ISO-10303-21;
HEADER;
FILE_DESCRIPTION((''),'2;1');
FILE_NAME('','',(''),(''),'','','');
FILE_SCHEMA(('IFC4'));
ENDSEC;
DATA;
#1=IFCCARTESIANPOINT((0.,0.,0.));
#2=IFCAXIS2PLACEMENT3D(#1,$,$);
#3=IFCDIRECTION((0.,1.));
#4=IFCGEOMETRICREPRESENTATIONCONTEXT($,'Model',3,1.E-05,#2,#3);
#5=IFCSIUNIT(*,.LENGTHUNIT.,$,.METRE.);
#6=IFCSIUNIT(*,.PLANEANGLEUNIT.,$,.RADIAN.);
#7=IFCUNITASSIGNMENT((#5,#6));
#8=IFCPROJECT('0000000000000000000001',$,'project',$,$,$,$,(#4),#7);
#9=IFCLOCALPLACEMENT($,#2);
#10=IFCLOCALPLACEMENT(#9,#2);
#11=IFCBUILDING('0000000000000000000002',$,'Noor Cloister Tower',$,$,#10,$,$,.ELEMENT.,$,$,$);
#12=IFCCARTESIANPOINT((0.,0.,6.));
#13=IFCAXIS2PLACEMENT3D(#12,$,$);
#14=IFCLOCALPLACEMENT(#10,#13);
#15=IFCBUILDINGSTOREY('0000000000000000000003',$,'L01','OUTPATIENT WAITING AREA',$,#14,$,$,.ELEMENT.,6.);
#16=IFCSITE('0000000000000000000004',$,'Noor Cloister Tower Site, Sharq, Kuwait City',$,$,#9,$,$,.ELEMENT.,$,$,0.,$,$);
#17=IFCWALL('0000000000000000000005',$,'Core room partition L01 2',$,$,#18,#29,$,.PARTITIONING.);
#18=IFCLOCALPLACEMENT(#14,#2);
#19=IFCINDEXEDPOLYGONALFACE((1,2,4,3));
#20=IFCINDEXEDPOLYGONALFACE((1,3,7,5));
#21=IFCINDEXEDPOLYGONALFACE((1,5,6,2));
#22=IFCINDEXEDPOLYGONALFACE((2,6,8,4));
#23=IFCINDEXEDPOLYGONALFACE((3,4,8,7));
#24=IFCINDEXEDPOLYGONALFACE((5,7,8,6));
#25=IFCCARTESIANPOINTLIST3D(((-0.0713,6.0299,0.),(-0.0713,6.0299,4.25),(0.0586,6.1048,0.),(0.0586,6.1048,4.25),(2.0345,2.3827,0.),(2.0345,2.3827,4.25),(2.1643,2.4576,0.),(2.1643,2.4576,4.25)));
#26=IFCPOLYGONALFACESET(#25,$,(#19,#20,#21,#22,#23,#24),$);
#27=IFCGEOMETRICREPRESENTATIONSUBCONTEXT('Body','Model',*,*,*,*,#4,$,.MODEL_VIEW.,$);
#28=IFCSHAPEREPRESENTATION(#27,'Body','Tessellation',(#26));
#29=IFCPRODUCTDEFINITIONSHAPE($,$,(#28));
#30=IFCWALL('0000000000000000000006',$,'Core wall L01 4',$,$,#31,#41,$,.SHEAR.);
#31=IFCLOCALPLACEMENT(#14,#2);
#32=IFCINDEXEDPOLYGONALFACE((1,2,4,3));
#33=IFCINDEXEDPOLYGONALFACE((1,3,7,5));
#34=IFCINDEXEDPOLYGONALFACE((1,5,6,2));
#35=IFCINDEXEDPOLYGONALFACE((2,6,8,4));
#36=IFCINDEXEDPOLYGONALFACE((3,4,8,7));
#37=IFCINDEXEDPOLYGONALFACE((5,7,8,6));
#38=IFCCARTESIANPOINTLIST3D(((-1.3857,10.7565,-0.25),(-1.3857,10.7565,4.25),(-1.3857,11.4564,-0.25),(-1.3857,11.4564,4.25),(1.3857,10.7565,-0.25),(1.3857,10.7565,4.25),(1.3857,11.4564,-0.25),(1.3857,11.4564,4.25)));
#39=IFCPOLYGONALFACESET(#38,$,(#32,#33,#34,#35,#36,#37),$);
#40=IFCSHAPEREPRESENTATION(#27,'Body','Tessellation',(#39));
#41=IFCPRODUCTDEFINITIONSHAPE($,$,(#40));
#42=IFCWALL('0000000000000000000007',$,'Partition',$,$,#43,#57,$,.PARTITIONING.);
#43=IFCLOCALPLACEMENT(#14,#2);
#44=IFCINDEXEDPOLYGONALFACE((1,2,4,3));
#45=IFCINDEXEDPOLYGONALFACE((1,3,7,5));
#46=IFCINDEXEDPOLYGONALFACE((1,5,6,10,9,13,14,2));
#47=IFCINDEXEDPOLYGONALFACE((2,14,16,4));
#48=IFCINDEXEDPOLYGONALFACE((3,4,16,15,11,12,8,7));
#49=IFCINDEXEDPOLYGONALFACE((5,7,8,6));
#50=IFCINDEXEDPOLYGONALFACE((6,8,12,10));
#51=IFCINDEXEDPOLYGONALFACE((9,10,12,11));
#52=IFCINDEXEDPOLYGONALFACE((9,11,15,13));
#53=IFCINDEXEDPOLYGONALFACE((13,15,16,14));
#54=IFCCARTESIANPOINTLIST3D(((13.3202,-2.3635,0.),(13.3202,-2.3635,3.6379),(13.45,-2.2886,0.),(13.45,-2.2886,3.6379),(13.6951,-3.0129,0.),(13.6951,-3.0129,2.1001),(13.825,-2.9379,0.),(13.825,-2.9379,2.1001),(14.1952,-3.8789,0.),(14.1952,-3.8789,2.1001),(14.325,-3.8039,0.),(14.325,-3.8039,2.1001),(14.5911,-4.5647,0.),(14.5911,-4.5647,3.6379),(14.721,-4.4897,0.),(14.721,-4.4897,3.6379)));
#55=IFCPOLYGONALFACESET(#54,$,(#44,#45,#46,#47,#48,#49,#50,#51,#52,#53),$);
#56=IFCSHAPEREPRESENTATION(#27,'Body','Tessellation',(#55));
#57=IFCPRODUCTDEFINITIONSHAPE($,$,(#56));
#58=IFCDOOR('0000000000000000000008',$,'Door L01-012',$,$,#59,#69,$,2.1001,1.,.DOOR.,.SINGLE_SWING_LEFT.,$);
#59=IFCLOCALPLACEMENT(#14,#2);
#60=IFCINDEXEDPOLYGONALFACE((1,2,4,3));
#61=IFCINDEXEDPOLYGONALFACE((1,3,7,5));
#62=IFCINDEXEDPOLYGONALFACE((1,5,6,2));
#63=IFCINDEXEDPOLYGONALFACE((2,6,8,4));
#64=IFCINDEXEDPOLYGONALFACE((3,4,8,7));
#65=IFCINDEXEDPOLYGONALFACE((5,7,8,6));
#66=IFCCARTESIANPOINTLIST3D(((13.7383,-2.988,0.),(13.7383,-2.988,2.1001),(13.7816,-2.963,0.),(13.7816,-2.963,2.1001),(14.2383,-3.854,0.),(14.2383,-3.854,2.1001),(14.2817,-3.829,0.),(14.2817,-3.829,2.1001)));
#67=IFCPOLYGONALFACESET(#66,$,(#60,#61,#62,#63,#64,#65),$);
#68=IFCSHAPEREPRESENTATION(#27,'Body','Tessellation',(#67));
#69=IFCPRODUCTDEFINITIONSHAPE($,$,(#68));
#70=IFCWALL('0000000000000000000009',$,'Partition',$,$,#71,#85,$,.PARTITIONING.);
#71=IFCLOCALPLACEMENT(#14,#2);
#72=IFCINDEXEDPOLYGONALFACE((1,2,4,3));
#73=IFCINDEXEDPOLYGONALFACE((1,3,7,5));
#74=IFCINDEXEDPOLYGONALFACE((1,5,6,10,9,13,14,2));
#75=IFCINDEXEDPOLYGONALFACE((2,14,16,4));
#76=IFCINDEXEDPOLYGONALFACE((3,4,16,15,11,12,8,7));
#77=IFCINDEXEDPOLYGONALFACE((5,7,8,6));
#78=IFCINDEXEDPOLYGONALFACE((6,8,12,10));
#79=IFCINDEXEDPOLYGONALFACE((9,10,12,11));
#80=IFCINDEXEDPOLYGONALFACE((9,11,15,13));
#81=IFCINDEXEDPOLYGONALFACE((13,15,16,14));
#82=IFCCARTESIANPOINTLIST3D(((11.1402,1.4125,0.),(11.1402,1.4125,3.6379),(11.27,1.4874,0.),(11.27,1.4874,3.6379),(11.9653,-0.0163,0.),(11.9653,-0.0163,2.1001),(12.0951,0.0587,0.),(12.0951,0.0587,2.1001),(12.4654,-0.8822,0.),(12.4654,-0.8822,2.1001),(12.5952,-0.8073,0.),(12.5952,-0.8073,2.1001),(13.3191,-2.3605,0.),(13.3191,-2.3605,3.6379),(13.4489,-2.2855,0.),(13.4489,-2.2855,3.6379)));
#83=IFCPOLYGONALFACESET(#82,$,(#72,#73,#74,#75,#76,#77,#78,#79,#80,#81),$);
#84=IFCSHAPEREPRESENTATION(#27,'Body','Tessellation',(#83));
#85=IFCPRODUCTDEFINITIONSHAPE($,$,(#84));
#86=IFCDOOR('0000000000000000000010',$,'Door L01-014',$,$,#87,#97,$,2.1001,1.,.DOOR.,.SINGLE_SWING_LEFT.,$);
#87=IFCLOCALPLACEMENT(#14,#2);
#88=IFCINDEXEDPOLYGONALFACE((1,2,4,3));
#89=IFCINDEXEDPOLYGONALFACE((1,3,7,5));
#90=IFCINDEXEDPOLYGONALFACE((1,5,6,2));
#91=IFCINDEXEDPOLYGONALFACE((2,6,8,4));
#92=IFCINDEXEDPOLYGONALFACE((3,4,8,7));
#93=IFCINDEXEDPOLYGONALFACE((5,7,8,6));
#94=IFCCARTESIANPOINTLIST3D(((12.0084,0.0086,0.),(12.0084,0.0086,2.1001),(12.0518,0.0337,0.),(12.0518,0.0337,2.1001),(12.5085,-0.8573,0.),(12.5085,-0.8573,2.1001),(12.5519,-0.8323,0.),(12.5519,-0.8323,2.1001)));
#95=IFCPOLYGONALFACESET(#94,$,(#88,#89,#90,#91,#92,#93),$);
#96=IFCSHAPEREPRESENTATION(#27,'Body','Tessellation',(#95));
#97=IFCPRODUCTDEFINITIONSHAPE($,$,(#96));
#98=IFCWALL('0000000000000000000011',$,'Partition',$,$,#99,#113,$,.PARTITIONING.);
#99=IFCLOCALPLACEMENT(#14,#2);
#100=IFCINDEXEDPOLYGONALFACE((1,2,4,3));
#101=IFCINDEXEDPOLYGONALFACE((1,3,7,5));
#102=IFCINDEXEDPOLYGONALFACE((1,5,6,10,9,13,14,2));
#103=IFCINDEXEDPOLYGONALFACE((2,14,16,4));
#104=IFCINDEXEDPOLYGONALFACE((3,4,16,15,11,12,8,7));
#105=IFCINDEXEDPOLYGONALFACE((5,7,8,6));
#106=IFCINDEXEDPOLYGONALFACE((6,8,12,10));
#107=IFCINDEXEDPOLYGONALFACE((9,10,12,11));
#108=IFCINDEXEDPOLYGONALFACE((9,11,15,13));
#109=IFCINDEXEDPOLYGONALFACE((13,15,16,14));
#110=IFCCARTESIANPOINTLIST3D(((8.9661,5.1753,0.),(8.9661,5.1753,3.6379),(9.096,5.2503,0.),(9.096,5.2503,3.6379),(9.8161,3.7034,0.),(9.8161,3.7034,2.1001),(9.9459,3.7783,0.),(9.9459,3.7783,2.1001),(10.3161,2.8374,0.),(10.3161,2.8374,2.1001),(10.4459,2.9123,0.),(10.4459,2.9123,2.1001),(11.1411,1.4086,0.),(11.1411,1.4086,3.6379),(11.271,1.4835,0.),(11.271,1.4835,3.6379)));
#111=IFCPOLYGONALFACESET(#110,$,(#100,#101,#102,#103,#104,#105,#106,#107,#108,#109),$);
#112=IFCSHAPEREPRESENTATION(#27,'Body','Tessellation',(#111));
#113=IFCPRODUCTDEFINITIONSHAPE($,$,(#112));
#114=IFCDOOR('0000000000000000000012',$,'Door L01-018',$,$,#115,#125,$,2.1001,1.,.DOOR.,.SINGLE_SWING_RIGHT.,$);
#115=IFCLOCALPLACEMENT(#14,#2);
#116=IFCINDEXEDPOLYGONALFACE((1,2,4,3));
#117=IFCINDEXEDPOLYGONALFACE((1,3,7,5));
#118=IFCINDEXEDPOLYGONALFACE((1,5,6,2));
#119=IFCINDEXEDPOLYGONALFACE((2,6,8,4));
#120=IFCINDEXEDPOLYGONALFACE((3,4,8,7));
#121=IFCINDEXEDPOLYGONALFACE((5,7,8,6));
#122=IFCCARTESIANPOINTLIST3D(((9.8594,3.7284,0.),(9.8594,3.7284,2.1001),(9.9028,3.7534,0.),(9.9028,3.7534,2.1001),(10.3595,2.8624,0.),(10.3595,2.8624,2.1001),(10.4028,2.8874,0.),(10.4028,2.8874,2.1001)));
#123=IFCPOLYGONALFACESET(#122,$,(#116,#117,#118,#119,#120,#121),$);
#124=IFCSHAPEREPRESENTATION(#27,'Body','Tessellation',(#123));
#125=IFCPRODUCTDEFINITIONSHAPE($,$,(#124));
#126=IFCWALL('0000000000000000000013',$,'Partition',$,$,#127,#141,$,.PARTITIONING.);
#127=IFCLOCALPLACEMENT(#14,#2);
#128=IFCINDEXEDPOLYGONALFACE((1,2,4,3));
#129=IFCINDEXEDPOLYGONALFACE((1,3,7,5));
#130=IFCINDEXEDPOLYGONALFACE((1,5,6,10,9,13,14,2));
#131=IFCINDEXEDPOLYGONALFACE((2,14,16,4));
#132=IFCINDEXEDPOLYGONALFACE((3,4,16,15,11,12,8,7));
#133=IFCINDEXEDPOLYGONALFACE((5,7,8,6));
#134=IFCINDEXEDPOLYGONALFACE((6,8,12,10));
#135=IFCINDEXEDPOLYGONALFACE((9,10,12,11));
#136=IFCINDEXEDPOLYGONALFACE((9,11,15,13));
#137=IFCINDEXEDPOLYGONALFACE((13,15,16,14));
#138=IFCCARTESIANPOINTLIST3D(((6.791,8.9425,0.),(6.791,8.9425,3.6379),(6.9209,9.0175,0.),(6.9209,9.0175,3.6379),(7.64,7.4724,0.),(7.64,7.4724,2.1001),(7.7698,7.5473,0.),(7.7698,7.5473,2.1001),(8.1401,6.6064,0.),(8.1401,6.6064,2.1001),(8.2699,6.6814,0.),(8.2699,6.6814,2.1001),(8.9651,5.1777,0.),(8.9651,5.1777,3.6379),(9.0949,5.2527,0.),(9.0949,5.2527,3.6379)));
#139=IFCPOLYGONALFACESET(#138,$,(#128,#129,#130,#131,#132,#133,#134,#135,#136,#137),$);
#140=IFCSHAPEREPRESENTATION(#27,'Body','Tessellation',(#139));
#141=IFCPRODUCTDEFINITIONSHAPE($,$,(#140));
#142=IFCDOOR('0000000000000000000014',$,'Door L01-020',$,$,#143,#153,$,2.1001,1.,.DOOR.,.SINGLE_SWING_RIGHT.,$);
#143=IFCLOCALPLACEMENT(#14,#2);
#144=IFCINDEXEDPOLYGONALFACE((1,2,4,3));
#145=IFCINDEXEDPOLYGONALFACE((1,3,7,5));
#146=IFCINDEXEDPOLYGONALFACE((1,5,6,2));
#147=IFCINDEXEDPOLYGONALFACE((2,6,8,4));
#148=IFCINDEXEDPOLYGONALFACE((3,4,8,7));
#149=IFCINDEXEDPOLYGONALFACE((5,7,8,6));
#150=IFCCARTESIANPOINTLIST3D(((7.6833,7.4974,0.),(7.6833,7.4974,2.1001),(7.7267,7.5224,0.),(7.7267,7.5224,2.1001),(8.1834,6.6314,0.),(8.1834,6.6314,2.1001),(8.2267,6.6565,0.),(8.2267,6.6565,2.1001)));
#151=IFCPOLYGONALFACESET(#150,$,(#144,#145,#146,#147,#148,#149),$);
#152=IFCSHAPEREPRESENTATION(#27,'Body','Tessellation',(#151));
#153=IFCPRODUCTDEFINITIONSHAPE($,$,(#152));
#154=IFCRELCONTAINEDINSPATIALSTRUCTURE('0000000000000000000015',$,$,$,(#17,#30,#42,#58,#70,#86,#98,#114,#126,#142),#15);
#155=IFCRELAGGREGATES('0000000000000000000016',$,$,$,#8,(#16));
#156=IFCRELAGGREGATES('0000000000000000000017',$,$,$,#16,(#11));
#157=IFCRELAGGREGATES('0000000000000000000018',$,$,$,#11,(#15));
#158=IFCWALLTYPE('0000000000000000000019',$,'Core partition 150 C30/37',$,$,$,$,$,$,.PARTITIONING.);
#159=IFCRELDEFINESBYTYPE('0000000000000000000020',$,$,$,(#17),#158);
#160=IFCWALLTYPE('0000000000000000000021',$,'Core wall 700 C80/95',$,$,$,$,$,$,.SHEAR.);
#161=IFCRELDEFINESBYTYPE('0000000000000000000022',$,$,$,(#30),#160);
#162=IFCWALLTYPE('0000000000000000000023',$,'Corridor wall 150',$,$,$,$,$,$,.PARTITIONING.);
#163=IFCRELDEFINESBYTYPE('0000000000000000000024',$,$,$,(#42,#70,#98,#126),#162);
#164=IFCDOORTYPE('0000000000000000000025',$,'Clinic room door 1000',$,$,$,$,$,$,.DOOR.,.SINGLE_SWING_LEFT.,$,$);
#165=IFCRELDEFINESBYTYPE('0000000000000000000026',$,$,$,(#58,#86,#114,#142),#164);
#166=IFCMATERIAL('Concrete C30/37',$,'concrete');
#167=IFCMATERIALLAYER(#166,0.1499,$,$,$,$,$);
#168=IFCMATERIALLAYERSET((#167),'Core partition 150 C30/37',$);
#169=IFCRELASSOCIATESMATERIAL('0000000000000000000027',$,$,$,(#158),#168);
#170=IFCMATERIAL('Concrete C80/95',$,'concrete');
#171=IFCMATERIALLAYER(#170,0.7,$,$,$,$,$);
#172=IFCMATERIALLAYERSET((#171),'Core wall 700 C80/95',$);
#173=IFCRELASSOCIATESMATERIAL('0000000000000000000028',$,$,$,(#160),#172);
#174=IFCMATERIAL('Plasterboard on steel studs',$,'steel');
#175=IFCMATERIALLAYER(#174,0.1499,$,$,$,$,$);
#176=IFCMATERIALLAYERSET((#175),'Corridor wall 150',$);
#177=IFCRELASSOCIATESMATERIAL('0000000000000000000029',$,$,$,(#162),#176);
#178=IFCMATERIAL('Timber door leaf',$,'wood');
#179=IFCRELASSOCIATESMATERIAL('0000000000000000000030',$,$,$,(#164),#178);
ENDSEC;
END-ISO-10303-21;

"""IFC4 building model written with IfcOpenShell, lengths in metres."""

from ifc_helpers import new_model, si_unit, direction, frame, frame_2d, origin, place, context, subcontext, project, spatial, rectangle, extrude, material, layer, layer_set, type_object, element, fill, save


model = new_model("IFC4")

# Units and contexts
model_context = context("Model", 3, precision=1e-05, world=origin(), true_north=direction((0.0, 1.0)))
body_context = subcontext(model_context, "Body", "Model", "MODEL_VIEW")
ifc_project = project(units=[si_unit("LENGTHUNIT", "METRE"), si_unit("PLANEANGLEUNIT", "RADIAN")], contexts=[model_context])

# Site, building, storey
site_placement = place(None, origin())
site = spatial("IfcSite", under=ifc_project, at=site_placement, Name="Noor Cloister Tower Site, Sharq, Kuwait City", CompositionType="ELEMENT", RefElevation=0.0)
building_placement = place(site_placement, origin())
building = spatial("IfcBuilding", under=site, at=building_placement, Name="Noor Cloister Tower", CompositionType="ELEMENT")
storey_placement = place(building_placement, frame((0.0, 0.0, 6.0)))
storey = spatial("IfcBuildingStorey", under=building, at=storey_placement, Name="L01", Description="OUTPATIENT WAITING AREA", CompositionType="ELEMENT", Elevation=6.0)

# Walls
ifc_material_1 = material(Name="Concrete C30/37", Category="concrete")
ifc_layer_1 = layer(ifc_material_1, 0.1499)
ifc_layer_set_1 = layer_set([ifc_layer_1], Name="Core partition 150 C30/37")
wall_type_1 = type_object("IfcWallType", Name="Core partition 150 C30/37", PredefinedType="PARTITIONING", material=ifc_layer_set_1)
wall_1_placement = place(storey_placement, frame((2.0994, 2.4202, 0.0), z_axis=(0.0, 0.0, 1.0), x_axis=(-0.499998, 0.866026, 0.0)))
element("IfcWall", 1, at=wall_1_placement, inside=storey, type_object=wall_type_1, Name="Core room partition L01 2", PredefinedType="PARTITIONING", context=body_context, shape_type="SweptSolid", body=[
    extrude(rectangle(XDim=4.2114, YDim=0.1499, at=frame_2d((2.1057, 0.0))), origin(), (0.0, 0.0, 1.0), 4.25),
])
ifc_material_2 = material(Name="Concrete C80/95", Category="concrete")
ifc_layer_2 = layer(ifc_material_2, 0.7)
ifc_layer_set_2 = layer_set([ifc_layer_2], Name="Core wall 700 C80/95")
wall_type_2 = type_object("IfcWallType", Name="Core wall 700 C80/95", PredefinedType="SHEAR", material=ifc_layer_set_2)
wall_2_placement = place(storey_placement, frame((1.3857, 11.1064, -0.25), z_axis=(0.0, 0.0, 1.0), x_axis=(-1.0, 0.0, 0.0)))
element("IfcWall", 2, at=wall_2_placement, inside=storey, type_object=wall_type_2, Name="Core wall L01 4", PredefinedType="SHEAR", context=body_context, shape_type="SweptSolid", body=[
    extrude(rectangle(XDim=2.7715, YDim=0.7, at=frame_2d((1.3857, 0.0))), origin(), (0.0, 0.0, 1.0), 4.5),
])

# Walls, openings, doors
ifc_material_3 = material(Name="Plasterboard on steel studs", Category="steel")
ifc_layer_3 = layer(ifc_material_3, 0.1499)
ifc_layer_set_3 = layer_set([ifc_layer_3], Name="Corridor wall 150")
wall_type_3 = type_object("IfcWallType", Name="Corridor wall 150", PredefinedType="PARTITIONING", material=ifc_layer_set_3)
wall_3_placement = place(storey_placement, frame((13.385, -2.3259, 0.0), z_axis=(0.0, 0.0, 1.0), x_axis=(0.500044, -0.866, 0.0)))
wall_3 = element("IfcWall", 3, at=wall_3_placement, inside=storey, type_object=wall_type_3, Name="Partition", PredefinedType="PARTITIONING", context=body_context, shape_type="SweptSolid", body=[
    extrude(rectangle(XDim=2.5417, YDim=0.1499, at=frame_2d((1.271, 0.0))), origin(), (0.0, 0.0, 1.0), 3.6379),
])
opening_1_placement = place(wall_3_placement, frame((0.75, 0.0, 0.0)))
opening_1 = element("IfcOpeningElement", 4, at=opening_1_placement, cuts=wall_3, PredefinedType="OPENING", context=body_context, shape_type="SweptSolid", body=[
    extrude(rectangle(XDim=1.0, YDim=2.1001, at=frame_2d((0.5, 1.05))), frame((0.0, 0.085, 0.0), z_axis=(0.0, -1.0, 0.0), x_axis=(1.0, 0.0, 0.0)), (0.0, 0.0, 1.0), 0.1699),
])
ifc_material_4 = material(Name="Timber door leaf", Category="wood")
door_type_1 = type_object("IfcDoorType", Name="Clinic room door 1000", OperationType="SINGLE_SWING_LEFT", PredefinedType="DOOR", material=ifc_material_4)
door_1_placement = place(opening_1_placement, origin())
door_1 = element("IfcDoor", 5, at=door_1_placement, inside=storey, type_object=door_type_1, Name="Door L01-012", OperationType="SINGLE_SWING_LEFT", OverallHeight=2.1001, OverallWidth=1.0, PredefinedType="DOOR", context=body_context, shape_type="SweptSolid", body=[
    extrude(rectangle(XDim=1.0, YDim=2.1001, at=frame_2d((0.5, 1.05))), frame((0.0, 0.0249, 0.0), z_axis=(0.0, -1.0, 0.0), x_axis=(1.0, 0.0, 0.0)), (0.0, 0.0, 1.0), 0.05),
])
fill(opening_1, door_1)
wall_4_placement = place(storey_placement, frame((11.2051, 1.45, 0.0), z_axis=(0.0, 0.0, 1.0), x_axis=(0.50011, -0.865962, 0.0)))
wall_4 = element("IfcWall", 6, at=wall_4_placement, inside=storey, type_object=wall_type_3, Name="Partition", PredefinedType="PARTITIONING", context=body_context, shape_type="SweptSolid", body=[
    extrude(rectangle(XDim=4.3569, YDim=0.1499, at=frame_2d((2.1785, 0.0))), origin(), (0.0, 0.0, 1.0), 3.6379),
])
opening_2_placement = place(wall_4_placement, frame((1.6499, 0.0, 0.0)))
opening_2 = element("IfcOpeningElement", 7, at=opening_2_placement, cuts=wall_4, PredefinedType="OPENING", context=body_context, shape_type="SweptSolid", body=[
    extrude(rectangle(XDim=1.0, YDim=2.1001, at=frame_2d((0.5, 1.05))), frame((0.0, 0.085, 0.0), z_axis=(0.0, -1.0, 0.0), x_axis=(1.0, 0.0, 0.0)), (0.0, 0.0, 1.0), 0.1699),
])
door_2_placement = place(opening_2_placement, origin())
door_2 = element("IfcDoor", 8, at=door_2_placement, inside=storey, type_object=door_type_1, Name="Door L01-014", OperationType="SINGLE_SWING_LEFT", OverallHeight=2.1001, OverallWidth=1.0, PredefinedType="DOOR", context=body_context, shape_type="SweptSolid", body=[
    extrude(rectangle(XDim=1.0, YDim=2.1001, at=frame_2d((0.5, 1.05))), frame((0.0, 0.0249, 0.0), z_axis=(0.0, -1.0, 0.0), x_axis=(1.0, 0.0, 0.0)), (0.0, 0.0, 1.0), 0.05),
])
fill(opening_2, door_2)
wall_5_placement = place(storey_placement, frame((11.2061, 1.446, 0.0), z_axis=(0.0, 0.0, 1.0), x_axis=(-0.500045, 0.866, 0.0)))
wall_5 = element("IfcWall", 9, at=wall_5_placement, inside=storey, type_object=wall_type_3, Name="Partition", PredefinedType="PARTITIONING", context=body_context, shape_type="SweptSolid", body=[
    extrude(rectangle(XDim=4.3496, YDim=0.1499, at=frame_2d((2.1748, 0.0))), origin(), (0.0, 0.0, 1.0), 3.6379),
])
opening_3_placement = place(wall_5_placement, frame((1.6499, 0.0, 0.0)))
opening_3 = element("IfcOpeningElement", 10, at=opening_3_placement, cuts=wall_5, PredefinedType="OPENING", context=body_context, shape_type="SweptSolid", body=[
    extrude(rectangle(XDim=1.0, YDim=2.1001, at=frame_2d((0.5, 1.05))), frame((0.0, 0.085, 0.0), z_axis=(0.0, -1.0, 0.0), x_axis=(1.0, 0.0, 0.0)), (0.0, 0.0, 1.0), 0.1699),
])
door_3_placement = place(opening_3_placement, origin())
door_3 = element("IfcDoor", 11, at=door_3_placement, inside=storey, type_object=door_type_1, Name="Door L01-018", OperationType="SINGLE_SWING_RIGHT", OverallHeight=2.1001, OverallWidth=1.0, PredefinedType="DOOR", context=body_context, shape_type="SweptSolid", body=[
    extrude(rectangle(XDim=1.0, YDim=2.1001, at=frame_2d((0.5, 1.05))), frame((0.0, 0.0249, 0.0), z_axis=(0.0, -1.0, 0.0), x_axis=(1.0, 0.0, 0.0)), (0.0, 0.0, 1.0), 0.05),
])
fill(opening_3, door_3)
wall_6_placement = place(storey_placement, frame((9.03, 5.2151, 0.0), z_axis=(0.0, 0.0, 1.0), x_axis=(-0.500071, 0.865985, 0.0)))
wall_6 = element("IfcWall", 12, at=wall_6_placement, inside=storey, type_object=wall_type_3, Name="Partition", PredefinedType="PARTITIONING", context=body_context, shape_type="SweptSolid", body=[
    extrude(rectangle(XDim=4.3474, YDim=0.1499, at=frame_2d((2.1738, 0.0))), origin(), (0.0, 0.0, 1.0), 3.6379),
])
opening_4_placement = place(wall_6_placement, frame((1.6499, 0.0, 0.0)))
opening_4 = element("IfcOpeningElement", 13, at=opening_4_placement, cuts=wall_6, PredefinedType="OPENING", context=body_context, shape_type="SweptSolid", body=[
    extrude(rectangle(XDim=1.0, YDim=2.1001, at=frame_2d((0.5, 1.05))), frame((0.0, 0.085, 0.0), z_axis=(0.0, -1.0, 0.0), x_axis=(1.0, 0.0, 0.0)), (0.0, 0.0, 1.0), 0.1699),
])
door_4_placement = place(opening_4_placement, origin())
door_4 = element("IfcDoor", 14, at=door_4_placement, inside=storey, type_object=door_type_1, Name="Door L01-020", OperationType="SINGLE_SWING_RIGHT", OverallHeight=2.1001, OverallWidth=1.0, PredefinedType="DOOR", context=body_context, shape_type="SweptSolid", body=[
    extrude(rectangle(XDim=1.0, YDim=2.1001, at=frame_2d((0.5, 1.05))), frame((0.0, 0.0249, 0.0), z_axis=(0.0, -1.0, 0.0), x_axis=(1.0, 0.0, 0.0)), (0.0, 0.0, 1.0), 0.05),
])
fill(opening_4, door_4)

save(model, "model.ifc")
